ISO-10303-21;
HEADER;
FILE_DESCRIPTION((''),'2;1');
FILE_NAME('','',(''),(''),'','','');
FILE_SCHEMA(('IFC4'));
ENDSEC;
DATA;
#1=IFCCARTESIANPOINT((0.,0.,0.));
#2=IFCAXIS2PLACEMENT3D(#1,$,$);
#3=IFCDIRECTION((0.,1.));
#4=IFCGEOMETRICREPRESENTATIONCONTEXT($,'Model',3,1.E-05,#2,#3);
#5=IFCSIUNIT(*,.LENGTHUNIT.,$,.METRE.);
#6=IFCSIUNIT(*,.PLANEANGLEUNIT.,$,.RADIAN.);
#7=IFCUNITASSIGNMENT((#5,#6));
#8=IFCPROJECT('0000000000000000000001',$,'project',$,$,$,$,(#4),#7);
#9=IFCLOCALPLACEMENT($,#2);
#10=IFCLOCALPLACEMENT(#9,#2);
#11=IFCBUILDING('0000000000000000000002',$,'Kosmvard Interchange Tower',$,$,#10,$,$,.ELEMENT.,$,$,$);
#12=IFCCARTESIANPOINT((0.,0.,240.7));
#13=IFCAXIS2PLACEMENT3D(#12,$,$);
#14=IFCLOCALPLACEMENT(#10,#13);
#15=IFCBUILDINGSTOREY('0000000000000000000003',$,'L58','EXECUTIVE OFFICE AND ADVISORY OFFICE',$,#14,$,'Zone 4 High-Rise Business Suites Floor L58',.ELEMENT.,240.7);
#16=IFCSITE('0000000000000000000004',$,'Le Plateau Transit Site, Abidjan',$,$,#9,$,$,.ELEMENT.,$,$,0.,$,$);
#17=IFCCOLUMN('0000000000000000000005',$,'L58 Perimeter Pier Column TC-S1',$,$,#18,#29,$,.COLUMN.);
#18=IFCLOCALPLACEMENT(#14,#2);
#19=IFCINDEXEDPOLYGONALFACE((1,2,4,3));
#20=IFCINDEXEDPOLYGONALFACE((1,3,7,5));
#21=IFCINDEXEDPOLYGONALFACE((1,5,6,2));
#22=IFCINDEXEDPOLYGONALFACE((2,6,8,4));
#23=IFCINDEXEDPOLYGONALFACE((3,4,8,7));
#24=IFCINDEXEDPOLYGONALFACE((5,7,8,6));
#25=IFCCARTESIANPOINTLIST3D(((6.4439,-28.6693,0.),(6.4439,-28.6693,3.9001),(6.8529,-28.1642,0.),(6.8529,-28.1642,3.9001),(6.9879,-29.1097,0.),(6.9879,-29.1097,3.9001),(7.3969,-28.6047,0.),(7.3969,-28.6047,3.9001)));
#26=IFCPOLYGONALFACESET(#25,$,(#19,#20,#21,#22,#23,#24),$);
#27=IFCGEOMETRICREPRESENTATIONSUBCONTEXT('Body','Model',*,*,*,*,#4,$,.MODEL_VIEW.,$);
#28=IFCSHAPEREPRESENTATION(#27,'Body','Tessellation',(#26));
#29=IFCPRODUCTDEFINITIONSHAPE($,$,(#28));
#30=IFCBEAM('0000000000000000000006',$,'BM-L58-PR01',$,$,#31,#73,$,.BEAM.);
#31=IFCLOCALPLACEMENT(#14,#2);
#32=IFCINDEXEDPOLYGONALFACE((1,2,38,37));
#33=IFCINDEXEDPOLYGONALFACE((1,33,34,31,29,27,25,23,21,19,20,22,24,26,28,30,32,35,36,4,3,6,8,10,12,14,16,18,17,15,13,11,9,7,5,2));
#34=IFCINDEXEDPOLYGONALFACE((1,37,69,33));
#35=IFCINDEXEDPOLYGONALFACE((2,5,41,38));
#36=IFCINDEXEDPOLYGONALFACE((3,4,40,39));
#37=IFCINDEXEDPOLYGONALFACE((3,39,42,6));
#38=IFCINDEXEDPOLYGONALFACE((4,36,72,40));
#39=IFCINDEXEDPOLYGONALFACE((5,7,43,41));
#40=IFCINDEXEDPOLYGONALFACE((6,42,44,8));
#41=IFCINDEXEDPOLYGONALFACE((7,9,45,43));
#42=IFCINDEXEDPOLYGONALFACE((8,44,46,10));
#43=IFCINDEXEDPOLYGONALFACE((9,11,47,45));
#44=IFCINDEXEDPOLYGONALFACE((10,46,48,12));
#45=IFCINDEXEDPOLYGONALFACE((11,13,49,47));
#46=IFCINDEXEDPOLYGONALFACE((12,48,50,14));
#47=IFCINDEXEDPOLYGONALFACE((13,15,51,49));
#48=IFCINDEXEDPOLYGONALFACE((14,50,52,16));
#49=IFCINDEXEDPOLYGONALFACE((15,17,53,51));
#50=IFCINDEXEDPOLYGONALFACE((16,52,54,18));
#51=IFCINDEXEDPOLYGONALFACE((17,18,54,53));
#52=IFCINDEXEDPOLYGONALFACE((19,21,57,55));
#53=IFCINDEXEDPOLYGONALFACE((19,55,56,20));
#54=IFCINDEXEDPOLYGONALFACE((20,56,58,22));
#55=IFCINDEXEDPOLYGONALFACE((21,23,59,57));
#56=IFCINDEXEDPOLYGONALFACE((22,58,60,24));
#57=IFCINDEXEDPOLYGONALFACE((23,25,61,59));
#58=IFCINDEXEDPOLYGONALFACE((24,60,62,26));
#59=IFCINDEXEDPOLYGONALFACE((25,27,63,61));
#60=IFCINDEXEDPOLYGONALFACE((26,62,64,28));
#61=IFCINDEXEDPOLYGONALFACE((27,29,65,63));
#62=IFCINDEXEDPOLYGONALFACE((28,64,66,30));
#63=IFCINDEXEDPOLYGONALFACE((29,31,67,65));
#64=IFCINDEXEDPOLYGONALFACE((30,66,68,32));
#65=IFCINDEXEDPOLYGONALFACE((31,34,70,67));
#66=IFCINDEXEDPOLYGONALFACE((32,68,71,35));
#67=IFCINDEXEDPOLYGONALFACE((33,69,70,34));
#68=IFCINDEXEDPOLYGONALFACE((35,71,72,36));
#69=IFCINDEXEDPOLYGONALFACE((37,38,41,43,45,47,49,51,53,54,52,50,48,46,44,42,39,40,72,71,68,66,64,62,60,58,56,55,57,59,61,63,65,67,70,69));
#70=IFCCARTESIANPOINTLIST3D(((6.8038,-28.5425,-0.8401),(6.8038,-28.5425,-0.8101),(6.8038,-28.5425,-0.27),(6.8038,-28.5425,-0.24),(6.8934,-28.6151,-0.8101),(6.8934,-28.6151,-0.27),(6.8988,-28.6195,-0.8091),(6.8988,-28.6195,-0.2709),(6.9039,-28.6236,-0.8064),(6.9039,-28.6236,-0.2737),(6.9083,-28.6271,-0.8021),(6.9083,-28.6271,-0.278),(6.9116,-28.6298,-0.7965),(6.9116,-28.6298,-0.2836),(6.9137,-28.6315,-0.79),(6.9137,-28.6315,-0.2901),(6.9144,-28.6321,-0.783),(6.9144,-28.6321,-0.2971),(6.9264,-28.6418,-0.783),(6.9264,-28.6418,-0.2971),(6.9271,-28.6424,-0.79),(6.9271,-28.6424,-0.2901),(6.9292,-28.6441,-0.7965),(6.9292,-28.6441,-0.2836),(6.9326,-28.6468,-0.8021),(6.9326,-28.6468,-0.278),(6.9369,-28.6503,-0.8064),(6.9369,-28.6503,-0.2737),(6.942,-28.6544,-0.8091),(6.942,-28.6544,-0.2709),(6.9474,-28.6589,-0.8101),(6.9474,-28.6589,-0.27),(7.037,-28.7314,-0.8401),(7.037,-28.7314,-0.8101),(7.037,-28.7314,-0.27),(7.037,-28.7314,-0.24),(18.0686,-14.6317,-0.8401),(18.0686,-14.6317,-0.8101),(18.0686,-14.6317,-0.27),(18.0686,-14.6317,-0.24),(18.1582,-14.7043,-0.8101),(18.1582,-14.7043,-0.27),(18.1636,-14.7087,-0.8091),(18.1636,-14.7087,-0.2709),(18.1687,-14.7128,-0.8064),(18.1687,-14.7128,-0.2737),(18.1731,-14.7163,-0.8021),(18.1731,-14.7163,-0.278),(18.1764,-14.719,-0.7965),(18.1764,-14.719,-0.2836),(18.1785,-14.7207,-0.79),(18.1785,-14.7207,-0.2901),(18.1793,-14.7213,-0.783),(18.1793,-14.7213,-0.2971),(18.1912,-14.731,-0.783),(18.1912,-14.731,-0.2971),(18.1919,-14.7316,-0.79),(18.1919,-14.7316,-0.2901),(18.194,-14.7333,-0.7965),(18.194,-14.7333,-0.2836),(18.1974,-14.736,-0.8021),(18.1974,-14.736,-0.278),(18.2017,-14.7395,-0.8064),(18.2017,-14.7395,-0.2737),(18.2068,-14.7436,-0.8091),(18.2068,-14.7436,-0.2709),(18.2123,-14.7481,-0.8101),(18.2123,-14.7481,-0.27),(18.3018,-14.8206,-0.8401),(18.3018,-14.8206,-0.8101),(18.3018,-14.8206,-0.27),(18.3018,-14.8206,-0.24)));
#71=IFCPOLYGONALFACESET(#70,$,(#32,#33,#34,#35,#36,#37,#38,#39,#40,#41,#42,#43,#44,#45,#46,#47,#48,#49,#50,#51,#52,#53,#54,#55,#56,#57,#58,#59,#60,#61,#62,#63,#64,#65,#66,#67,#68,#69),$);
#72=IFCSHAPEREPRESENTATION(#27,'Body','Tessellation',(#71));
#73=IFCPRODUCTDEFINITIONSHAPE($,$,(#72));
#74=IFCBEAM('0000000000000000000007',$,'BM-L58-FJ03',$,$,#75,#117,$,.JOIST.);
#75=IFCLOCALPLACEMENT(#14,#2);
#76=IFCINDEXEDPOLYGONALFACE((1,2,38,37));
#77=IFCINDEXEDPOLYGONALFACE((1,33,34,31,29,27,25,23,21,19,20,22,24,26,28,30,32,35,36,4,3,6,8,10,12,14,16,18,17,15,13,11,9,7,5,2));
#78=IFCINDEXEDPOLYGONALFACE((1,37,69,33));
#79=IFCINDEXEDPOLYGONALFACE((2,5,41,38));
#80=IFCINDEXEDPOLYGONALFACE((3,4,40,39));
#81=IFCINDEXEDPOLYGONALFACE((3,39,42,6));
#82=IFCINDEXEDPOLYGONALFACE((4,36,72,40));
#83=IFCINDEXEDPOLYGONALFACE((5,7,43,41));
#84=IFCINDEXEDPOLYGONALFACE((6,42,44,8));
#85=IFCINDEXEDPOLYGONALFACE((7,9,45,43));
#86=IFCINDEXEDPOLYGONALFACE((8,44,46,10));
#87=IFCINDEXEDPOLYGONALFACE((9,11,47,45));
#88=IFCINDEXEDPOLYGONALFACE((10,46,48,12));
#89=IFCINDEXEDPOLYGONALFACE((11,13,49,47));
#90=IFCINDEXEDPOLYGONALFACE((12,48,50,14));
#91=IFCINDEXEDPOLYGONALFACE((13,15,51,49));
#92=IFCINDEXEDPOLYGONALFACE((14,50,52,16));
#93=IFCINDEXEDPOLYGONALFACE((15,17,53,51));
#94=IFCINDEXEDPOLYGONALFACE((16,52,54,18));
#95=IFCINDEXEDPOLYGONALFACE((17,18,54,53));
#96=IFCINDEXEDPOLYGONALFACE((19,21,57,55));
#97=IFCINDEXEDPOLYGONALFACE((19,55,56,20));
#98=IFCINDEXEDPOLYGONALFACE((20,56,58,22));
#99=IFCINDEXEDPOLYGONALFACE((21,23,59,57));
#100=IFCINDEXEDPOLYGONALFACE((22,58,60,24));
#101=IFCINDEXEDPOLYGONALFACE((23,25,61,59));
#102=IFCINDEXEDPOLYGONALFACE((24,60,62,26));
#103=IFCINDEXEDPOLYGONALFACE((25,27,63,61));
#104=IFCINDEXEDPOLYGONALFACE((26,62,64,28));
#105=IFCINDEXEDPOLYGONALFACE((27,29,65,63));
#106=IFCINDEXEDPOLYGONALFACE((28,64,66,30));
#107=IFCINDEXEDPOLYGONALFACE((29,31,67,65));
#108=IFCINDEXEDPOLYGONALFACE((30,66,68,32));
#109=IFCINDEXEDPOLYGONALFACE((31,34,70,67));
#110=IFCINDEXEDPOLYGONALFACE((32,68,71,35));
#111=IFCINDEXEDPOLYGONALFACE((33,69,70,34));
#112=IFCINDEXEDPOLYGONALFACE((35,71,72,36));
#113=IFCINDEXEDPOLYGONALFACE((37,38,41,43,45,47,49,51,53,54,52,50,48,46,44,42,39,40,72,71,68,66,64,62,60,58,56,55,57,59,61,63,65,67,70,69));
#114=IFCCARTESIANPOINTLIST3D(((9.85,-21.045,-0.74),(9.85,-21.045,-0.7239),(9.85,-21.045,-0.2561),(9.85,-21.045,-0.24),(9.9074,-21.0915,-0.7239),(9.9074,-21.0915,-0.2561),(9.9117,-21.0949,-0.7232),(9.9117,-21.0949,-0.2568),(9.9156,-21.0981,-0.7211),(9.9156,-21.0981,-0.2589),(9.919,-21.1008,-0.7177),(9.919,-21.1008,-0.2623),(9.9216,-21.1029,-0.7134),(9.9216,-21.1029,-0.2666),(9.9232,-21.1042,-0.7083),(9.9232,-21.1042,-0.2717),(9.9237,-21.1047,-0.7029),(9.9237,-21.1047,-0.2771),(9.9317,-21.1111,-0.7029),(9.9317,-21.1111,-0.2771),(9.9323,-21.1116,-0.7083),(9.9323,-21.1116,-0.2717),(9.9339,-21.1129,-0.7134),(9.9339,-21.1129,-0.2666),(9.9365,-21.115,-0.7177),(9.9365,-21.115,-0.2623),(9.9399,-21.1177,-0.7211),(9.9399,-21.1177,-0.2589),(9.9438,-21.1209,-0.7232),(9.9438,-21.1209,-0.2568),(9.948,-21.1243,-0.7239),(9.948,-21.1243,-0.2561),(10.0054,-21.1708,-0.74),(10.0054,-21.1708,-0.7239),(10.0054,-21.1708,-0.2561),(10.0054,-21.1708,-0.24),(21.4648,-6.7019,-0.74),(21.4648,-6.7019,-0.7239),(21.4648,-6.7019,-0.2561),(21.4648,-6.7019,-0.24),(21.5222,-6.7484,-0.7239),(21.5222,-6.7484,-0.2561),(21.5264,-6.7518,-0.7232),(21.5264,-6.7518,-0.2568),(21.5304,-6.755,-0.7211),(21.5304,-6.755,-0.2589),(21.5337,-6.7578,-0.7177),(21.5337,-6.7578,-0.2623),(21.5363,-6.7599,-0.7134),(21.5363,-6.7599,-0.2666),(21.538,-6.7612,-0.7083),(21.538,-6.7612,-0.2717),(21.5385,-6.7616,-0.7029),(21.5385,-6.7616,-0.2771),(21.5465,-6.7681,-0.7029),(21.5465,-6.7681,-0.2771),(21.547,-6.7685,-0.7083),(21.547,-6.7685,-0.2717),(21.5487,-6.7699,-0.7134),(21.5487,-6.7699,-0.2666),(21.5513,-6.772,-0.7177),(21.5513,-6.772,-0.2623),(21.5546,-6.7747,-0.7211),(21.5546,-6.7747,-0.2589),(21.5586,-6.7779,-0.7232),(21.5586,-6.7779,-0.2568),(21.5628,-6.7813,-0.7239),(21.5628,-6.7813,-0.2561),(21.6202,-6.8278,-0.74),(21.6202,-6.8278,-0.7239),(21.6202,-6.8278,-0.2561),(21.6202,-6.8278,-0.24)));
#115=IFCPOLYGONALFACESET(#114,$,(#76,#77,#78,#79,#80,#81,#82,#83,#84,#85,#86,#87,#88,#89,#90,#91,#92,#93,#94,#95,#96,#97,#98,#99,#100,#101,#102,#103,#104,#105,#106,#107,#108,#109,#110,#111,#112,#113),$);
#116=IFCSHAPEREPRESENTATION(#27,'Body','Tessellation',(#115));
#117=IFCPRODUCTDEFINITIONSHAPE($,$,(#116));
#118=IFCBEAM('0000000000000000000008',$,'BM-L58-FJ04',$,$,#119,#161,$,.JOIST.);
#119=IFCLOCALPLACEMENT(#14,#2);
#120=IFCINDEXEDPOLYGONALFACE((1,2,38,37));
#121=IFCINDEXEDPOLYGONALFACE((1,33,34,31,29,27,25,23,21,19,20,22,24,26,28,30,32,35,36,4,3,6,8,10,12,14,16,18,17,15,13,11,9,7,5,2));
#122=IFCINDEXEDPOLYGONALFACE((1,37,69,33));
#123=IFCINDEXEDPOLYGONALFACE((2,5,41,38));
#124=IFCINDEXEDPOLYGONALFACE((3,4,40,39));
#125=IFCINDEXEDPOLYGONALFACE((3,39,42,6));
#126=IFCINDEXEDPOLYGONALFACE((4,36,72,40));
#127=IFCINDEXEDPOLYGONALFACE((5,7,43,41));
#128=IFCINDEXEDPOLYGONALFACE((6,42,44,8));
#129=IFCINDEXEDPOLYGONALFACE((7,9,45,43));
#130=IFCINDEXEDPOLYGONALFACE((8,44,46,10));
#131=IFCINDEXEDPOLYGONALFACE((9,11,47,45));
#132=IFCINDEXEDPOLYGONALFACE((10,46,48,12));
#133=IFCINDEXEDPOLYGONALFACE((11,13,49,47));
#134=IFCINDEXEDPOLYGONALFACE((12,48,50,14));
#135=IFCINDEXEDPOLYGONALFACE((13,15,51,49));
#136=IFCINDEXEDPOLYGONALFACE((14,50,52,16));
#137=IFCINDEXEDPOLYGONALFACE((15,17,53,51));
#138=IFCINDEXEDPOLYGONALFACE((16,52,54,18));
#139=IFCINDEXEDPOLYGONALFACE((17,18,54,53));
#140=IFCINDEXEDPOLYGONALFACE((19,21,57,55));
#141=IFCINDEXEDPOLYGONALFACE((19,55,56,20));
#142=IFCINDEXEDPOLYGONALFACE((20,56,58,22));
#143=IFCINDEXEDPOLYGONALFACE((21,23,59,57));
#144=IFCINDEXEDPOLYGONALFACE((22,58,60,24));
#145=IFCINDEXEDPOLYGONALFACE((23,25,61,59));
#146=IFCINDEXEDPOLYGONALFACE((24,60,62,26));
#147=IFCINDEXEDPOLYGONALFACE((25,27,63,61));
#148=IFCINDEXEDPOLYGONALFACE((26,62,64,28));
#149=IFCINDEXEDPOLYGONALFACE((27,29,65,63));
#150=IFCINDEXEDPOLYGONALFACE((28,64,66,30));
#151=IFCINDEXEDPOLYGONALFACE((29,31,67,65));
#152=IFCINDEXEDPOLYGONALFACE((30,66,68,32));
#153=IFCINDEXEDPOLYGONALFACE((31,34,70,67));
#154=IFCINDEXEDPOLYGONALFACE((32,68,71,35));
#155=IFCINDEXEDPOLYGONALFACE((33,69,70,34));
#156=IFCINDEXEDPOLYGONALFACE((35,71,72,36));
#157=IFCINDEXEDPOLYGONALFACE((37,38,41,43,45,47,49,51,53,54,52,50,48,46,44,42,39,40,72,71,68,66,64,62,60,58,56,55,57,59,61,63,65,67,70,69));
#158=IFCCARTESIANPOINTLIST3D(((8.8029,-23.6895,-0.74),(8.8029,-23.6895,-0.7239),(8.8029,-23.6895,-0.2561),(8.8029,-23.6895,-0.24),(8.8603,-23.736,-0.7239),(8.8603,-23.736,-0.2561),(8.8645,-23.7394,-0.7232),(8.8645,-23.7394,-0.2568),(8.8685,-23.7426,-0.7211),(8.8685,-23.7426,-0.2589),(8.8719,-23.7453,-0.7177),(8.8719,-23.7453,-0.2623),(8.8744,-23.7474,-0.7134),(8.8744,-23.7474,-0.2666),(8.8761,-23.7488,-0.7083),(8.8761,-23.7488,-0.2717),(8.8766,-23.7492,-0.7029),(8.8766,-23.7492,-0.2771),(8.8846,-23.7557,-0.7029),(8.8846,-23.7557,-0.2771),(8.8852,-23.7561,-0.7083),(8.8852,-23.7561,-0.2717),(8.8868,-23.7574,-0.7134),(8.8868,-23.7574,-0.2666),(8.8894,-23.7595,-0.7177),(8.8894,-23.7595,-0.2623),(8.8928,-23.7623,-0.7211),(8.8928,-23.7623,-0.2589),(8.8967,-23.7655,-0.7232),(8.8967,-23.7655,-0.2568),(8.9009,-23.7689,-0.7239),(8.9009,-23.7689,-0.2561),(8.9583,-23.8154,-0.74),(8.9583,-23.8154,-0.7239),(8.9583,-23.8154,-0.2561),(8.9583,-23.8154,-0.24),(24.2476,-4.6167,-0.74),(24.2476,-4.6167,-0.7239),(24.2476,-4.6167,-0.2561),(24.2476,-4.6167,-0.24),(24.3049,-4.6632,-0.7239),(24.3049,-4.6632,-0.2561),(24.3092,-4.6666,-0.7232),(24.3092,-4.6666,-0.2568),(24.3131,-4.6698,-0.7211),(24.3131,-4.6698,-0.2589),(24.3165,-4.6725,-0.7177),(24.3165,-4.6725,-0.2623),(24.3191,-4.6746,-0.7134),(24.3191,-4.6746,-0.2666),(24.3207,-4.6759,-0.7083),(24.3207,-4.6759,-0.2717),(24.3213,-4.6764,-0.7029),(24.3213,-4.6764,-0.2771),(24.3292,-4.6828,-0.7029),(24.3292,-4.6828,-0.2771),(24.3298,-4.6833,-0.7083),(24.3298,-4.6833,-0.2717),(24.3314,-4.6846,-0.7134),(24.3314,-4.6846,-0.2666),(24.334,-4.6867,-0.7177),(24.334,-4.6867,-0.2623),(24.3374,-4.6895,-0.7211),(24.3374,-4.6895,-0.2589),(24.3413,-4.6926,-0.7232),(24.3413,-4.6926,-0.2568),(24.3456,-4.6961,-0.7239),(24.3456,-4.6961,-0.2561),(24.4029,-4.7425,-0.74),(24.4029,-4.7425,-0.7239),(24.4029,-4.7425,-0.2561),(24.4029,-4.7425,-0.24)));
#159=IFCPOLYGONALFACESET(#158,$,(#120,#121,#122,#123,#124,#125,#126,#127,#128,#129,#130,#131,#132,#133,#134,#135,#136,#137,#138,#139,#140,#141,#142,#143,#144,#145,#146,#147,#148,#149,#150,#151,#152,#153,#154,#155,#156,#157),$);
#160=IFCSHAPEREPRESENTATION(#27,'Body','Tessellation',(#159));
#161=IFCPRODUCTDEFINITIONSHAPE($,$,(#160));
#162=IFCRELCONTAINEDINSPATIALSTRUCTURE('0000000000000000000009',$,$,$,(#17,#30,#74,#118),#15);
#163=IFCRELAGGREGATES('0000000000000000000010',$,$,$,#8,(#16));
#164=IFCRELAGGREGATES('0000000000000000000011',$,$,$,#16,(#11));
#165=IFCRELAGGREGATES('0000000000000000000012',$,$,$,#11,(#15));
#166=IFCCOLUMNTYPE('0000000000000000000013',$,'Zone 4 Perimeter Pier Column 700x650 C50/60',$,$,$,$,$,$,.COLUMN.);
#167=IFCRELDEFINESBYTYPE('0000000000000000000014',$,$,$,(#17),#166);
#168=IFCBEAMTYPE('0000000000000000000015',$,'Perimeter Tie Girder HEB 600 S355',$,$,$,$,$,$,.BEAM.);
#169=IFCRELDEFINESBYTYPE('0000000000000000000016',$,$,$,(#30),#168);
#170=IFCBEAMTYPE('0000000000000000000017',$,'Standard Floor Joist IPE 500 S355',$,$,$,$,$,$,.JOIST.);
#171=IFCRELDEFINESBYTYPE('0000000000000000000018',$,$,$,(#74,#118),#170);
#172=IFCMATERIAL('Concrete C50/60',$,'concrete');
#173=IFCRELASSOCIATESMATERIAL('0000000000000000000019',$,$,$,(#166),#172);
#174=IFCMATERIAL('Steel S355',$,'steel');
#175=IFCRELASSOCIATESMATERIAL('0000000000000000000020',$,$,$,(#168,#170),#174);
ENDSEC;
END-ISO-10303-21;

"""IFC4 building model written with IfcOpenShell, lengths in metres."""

from ifc_helpers import new_model, si_unit, direction, frame, origin, origin_2d, place, context, subcontext, project, spatial, rectangle, i_section, extrude, source, transform, mapped, material, material_profile, profile_set, type_object, element, save


model = new_model("IFC4")

# Units and contexts
model_context = context("Model", 3, precision=1e-05, world=origin(), true_north=direction((0.0, 1.0)))
body_context = subcontext(model_context, "Body", "Model", "MODEL_VIEW")
ifc_project = project(units=[si_unit("LENGTHUNIT", "METRE"), si_unit("PLANEANGLEUNIT", "RADIAN")], contexts=[model_context])

# Site, building, storey
site_placement = place(None, origin())
site = spatial("IfcSite", under=ifc_project, at=site_placement, Name="Le Plateau Transit Site, Abidjan", CompositionType="ELEMENT", RefElevation=0.0)
building_placement = place(site_placement, origin())
building = spatial("IfcBuilding", under=site, at=building_placement, Name="Kosmvard Interchange Tower", CompositionType="ELEMENT")
storey_placement = place(building_placement, frame((0.0, 0.0, 240.7)))
storey = spatial("IfcBuildingStorey", under=building, at=storey_placement, Name="L58", Description="EXECUTIVE OFFICE AND ADVISORY OFFICE", LongName="Zone 4 High-Rise Business Suites Floor L58", CompositionType="ELEMENT", Elevation=240.7)

# Column
ifc_material_1 = material(Name="Concrete C50/60", Category="concrete")
ifc_material_profile_1 = material_profile(ifc_material_1, rectangle(XDim=0.6499, YDim=0.7, at=origin_2d()), Name="TC 700x650")
ifc_profile_set_1 = profile_set([ifc_material_profile_1], Name="Concrete C50/60")
column_type = type_object("IfcColumnType", Name="Zone 4 Perimeter Pier Column 700x650 C50/60", PredefinedType="COLUMN", material=ifc_profile_set_1)
shared_shape_1 = source(origin(), body_context, "Body", "SweptSolid", [
    extrude(rectangle(XDim=0.6499, YDim=0.7, at=origin_2d()), origin(), (0.0, 0.0, 1.0), 3.9001),
])
column_placement = place(storey_placement, frame((6.9204, -28.637, 0.0), z_axis=(0.0, 0.0, 1.0), x_axis=(0.62932, 0.777146, 0.0)))
element("IfcColumn", 1, at=column_placement, inside=storey, type_object=column_type, Name="L58 Perimeter Pier Column TC-S1", PredefinedType="COLUMN", context=body_context, shape_type="MappedRepresentation", body=[
    mapped(shared_shape_1, transform((0.0, 0.0, 0.0), scale=1.0)),
])

# Beams
ifc_material_2 = material(Name="Steel S355", Category="steel")
ifc_material_profile_2 = material_profile(ifc_material_2, i_section(OverallWidth=0.3, OverallDepth=0.6001, WebThickness=0.0154, FlangeThickness=0.03, FilletRadius=0.0271, at=origin_2d()), Name="HEB 600")
ifc_profile_set_2 = profile_set([ifc_material_profile_2], Name="Steel S355")
beam_type_1 = type_object("IfcBeamType", Name="Perimeter Tie Girder HEB 600 S355", PredefinedType="BEAM", material=ifc_profile_set_2)
shared_shape_2 = source(origin(), body_context, "Body", "SweptSolid", [
    extrude(i_section(OverallWidth=0.3, OverallDepth=0.6001, WebThickness=0.0154, FlangeThickness=0.03, FilletRadius=0.0271, at=origin_2d()), origin(), (0.0, 0.0, 1.0), 17.8999),
])
beam_1_placement = place(storey_placement, frame((6.9204, -28.637, -0.54), z_axis=(0.629323, 0.777144, 0.0), x_axis=(-0.777144, 0.629323, 0.0)))
element("IfcBeam", 2, at=beam_1_placement, inside=storey, type_object=beam_type_1, Name="BM-L58-PR01", PredefinedType="BEAM", context=body_context, shape_type="MappedRepresentation", body=[
    mapped(shared_shape_2, transform((0.0, 0.0, 0.0), scale=1.0)),
])
ifc_material_profile_3 = material_profile(ifc_material_2, i_section(OverallWidth=0.2, OverallDepth=0.5, WebThickness=0.0103, FlangeThickness=0.0161, FilletRadius=0.021, at=origin_2d()), Name="IPE 500")
ifc_profile_set_3 = profile_set([ifc_material_profile_3], Name="Steel S355")
beam_type_2 = type_object("IfcBeamType", Name="Standard Floor Joist IPE 500 S355", PredefinedType="JOIST", material=ifc_profile_set_3)
shared_shape_3 = source(origin(), body_context, "Body", "SweptSolid", [
    extrude(i_section(OverallWidth=0.2, OverallDepth=0.5, WebThickness=0.0103, FlangeThickness=0.0161, FilletRadius=0.021, at=origin_2d()), origin(), (0.0, 0.0, 1.0), 18.4561),
])
beam_2_placement = place(storey_placement, frame((9.9277, -21.1079, -0.49), z_axis=(0.62932, 0.777146, 0.0), x_axis=(-0.777146, 0.62932, 0.0)))
element("IfcBeam", 3, at=beam_2_placement, inside=storey, type_object=beam_type_2, Name="BM-L58-FJ03", PredefinedType="JOIST", context=body_context, shape_type="MappedRepresentation", body=[
    mapped(shared_shape_3, transform((0.0, 0.0, 0.0), scale=1.0)),
])
shared_shape_4 = source(origin(), body_context, "Body", "SweptSolid", [
    extrude(i_section(OverallWidth=0.2, OverallDepth=0.5, WebThickness=0.0103, FlangeThickness=0.0161, FilletRadius=0.021, at=origin_2d()), origin(), (0.0, 0.0, 1.0), 24.542),
])
beam_3_placement = place(storey_placement, frame((8.8806, -23.7524, -0.49), z_axis=(0.629315, 0.777151, 0.0), x_axis=(-0.777151, 0.629315, 0.0)))
element("IfcBeam", 4, at=beam_3_placement, inside=storey, type_object=beam_type_2, Name="BM-L58-FJ04", PredefinedType="JOIST", context=body_context, shape_type="MappedRepresentation", body=[
    mapped(shared_shape_4, transform((0.0, 0.0, 0.0), scale=1.0)),
])

save(model, "model.ifc")
